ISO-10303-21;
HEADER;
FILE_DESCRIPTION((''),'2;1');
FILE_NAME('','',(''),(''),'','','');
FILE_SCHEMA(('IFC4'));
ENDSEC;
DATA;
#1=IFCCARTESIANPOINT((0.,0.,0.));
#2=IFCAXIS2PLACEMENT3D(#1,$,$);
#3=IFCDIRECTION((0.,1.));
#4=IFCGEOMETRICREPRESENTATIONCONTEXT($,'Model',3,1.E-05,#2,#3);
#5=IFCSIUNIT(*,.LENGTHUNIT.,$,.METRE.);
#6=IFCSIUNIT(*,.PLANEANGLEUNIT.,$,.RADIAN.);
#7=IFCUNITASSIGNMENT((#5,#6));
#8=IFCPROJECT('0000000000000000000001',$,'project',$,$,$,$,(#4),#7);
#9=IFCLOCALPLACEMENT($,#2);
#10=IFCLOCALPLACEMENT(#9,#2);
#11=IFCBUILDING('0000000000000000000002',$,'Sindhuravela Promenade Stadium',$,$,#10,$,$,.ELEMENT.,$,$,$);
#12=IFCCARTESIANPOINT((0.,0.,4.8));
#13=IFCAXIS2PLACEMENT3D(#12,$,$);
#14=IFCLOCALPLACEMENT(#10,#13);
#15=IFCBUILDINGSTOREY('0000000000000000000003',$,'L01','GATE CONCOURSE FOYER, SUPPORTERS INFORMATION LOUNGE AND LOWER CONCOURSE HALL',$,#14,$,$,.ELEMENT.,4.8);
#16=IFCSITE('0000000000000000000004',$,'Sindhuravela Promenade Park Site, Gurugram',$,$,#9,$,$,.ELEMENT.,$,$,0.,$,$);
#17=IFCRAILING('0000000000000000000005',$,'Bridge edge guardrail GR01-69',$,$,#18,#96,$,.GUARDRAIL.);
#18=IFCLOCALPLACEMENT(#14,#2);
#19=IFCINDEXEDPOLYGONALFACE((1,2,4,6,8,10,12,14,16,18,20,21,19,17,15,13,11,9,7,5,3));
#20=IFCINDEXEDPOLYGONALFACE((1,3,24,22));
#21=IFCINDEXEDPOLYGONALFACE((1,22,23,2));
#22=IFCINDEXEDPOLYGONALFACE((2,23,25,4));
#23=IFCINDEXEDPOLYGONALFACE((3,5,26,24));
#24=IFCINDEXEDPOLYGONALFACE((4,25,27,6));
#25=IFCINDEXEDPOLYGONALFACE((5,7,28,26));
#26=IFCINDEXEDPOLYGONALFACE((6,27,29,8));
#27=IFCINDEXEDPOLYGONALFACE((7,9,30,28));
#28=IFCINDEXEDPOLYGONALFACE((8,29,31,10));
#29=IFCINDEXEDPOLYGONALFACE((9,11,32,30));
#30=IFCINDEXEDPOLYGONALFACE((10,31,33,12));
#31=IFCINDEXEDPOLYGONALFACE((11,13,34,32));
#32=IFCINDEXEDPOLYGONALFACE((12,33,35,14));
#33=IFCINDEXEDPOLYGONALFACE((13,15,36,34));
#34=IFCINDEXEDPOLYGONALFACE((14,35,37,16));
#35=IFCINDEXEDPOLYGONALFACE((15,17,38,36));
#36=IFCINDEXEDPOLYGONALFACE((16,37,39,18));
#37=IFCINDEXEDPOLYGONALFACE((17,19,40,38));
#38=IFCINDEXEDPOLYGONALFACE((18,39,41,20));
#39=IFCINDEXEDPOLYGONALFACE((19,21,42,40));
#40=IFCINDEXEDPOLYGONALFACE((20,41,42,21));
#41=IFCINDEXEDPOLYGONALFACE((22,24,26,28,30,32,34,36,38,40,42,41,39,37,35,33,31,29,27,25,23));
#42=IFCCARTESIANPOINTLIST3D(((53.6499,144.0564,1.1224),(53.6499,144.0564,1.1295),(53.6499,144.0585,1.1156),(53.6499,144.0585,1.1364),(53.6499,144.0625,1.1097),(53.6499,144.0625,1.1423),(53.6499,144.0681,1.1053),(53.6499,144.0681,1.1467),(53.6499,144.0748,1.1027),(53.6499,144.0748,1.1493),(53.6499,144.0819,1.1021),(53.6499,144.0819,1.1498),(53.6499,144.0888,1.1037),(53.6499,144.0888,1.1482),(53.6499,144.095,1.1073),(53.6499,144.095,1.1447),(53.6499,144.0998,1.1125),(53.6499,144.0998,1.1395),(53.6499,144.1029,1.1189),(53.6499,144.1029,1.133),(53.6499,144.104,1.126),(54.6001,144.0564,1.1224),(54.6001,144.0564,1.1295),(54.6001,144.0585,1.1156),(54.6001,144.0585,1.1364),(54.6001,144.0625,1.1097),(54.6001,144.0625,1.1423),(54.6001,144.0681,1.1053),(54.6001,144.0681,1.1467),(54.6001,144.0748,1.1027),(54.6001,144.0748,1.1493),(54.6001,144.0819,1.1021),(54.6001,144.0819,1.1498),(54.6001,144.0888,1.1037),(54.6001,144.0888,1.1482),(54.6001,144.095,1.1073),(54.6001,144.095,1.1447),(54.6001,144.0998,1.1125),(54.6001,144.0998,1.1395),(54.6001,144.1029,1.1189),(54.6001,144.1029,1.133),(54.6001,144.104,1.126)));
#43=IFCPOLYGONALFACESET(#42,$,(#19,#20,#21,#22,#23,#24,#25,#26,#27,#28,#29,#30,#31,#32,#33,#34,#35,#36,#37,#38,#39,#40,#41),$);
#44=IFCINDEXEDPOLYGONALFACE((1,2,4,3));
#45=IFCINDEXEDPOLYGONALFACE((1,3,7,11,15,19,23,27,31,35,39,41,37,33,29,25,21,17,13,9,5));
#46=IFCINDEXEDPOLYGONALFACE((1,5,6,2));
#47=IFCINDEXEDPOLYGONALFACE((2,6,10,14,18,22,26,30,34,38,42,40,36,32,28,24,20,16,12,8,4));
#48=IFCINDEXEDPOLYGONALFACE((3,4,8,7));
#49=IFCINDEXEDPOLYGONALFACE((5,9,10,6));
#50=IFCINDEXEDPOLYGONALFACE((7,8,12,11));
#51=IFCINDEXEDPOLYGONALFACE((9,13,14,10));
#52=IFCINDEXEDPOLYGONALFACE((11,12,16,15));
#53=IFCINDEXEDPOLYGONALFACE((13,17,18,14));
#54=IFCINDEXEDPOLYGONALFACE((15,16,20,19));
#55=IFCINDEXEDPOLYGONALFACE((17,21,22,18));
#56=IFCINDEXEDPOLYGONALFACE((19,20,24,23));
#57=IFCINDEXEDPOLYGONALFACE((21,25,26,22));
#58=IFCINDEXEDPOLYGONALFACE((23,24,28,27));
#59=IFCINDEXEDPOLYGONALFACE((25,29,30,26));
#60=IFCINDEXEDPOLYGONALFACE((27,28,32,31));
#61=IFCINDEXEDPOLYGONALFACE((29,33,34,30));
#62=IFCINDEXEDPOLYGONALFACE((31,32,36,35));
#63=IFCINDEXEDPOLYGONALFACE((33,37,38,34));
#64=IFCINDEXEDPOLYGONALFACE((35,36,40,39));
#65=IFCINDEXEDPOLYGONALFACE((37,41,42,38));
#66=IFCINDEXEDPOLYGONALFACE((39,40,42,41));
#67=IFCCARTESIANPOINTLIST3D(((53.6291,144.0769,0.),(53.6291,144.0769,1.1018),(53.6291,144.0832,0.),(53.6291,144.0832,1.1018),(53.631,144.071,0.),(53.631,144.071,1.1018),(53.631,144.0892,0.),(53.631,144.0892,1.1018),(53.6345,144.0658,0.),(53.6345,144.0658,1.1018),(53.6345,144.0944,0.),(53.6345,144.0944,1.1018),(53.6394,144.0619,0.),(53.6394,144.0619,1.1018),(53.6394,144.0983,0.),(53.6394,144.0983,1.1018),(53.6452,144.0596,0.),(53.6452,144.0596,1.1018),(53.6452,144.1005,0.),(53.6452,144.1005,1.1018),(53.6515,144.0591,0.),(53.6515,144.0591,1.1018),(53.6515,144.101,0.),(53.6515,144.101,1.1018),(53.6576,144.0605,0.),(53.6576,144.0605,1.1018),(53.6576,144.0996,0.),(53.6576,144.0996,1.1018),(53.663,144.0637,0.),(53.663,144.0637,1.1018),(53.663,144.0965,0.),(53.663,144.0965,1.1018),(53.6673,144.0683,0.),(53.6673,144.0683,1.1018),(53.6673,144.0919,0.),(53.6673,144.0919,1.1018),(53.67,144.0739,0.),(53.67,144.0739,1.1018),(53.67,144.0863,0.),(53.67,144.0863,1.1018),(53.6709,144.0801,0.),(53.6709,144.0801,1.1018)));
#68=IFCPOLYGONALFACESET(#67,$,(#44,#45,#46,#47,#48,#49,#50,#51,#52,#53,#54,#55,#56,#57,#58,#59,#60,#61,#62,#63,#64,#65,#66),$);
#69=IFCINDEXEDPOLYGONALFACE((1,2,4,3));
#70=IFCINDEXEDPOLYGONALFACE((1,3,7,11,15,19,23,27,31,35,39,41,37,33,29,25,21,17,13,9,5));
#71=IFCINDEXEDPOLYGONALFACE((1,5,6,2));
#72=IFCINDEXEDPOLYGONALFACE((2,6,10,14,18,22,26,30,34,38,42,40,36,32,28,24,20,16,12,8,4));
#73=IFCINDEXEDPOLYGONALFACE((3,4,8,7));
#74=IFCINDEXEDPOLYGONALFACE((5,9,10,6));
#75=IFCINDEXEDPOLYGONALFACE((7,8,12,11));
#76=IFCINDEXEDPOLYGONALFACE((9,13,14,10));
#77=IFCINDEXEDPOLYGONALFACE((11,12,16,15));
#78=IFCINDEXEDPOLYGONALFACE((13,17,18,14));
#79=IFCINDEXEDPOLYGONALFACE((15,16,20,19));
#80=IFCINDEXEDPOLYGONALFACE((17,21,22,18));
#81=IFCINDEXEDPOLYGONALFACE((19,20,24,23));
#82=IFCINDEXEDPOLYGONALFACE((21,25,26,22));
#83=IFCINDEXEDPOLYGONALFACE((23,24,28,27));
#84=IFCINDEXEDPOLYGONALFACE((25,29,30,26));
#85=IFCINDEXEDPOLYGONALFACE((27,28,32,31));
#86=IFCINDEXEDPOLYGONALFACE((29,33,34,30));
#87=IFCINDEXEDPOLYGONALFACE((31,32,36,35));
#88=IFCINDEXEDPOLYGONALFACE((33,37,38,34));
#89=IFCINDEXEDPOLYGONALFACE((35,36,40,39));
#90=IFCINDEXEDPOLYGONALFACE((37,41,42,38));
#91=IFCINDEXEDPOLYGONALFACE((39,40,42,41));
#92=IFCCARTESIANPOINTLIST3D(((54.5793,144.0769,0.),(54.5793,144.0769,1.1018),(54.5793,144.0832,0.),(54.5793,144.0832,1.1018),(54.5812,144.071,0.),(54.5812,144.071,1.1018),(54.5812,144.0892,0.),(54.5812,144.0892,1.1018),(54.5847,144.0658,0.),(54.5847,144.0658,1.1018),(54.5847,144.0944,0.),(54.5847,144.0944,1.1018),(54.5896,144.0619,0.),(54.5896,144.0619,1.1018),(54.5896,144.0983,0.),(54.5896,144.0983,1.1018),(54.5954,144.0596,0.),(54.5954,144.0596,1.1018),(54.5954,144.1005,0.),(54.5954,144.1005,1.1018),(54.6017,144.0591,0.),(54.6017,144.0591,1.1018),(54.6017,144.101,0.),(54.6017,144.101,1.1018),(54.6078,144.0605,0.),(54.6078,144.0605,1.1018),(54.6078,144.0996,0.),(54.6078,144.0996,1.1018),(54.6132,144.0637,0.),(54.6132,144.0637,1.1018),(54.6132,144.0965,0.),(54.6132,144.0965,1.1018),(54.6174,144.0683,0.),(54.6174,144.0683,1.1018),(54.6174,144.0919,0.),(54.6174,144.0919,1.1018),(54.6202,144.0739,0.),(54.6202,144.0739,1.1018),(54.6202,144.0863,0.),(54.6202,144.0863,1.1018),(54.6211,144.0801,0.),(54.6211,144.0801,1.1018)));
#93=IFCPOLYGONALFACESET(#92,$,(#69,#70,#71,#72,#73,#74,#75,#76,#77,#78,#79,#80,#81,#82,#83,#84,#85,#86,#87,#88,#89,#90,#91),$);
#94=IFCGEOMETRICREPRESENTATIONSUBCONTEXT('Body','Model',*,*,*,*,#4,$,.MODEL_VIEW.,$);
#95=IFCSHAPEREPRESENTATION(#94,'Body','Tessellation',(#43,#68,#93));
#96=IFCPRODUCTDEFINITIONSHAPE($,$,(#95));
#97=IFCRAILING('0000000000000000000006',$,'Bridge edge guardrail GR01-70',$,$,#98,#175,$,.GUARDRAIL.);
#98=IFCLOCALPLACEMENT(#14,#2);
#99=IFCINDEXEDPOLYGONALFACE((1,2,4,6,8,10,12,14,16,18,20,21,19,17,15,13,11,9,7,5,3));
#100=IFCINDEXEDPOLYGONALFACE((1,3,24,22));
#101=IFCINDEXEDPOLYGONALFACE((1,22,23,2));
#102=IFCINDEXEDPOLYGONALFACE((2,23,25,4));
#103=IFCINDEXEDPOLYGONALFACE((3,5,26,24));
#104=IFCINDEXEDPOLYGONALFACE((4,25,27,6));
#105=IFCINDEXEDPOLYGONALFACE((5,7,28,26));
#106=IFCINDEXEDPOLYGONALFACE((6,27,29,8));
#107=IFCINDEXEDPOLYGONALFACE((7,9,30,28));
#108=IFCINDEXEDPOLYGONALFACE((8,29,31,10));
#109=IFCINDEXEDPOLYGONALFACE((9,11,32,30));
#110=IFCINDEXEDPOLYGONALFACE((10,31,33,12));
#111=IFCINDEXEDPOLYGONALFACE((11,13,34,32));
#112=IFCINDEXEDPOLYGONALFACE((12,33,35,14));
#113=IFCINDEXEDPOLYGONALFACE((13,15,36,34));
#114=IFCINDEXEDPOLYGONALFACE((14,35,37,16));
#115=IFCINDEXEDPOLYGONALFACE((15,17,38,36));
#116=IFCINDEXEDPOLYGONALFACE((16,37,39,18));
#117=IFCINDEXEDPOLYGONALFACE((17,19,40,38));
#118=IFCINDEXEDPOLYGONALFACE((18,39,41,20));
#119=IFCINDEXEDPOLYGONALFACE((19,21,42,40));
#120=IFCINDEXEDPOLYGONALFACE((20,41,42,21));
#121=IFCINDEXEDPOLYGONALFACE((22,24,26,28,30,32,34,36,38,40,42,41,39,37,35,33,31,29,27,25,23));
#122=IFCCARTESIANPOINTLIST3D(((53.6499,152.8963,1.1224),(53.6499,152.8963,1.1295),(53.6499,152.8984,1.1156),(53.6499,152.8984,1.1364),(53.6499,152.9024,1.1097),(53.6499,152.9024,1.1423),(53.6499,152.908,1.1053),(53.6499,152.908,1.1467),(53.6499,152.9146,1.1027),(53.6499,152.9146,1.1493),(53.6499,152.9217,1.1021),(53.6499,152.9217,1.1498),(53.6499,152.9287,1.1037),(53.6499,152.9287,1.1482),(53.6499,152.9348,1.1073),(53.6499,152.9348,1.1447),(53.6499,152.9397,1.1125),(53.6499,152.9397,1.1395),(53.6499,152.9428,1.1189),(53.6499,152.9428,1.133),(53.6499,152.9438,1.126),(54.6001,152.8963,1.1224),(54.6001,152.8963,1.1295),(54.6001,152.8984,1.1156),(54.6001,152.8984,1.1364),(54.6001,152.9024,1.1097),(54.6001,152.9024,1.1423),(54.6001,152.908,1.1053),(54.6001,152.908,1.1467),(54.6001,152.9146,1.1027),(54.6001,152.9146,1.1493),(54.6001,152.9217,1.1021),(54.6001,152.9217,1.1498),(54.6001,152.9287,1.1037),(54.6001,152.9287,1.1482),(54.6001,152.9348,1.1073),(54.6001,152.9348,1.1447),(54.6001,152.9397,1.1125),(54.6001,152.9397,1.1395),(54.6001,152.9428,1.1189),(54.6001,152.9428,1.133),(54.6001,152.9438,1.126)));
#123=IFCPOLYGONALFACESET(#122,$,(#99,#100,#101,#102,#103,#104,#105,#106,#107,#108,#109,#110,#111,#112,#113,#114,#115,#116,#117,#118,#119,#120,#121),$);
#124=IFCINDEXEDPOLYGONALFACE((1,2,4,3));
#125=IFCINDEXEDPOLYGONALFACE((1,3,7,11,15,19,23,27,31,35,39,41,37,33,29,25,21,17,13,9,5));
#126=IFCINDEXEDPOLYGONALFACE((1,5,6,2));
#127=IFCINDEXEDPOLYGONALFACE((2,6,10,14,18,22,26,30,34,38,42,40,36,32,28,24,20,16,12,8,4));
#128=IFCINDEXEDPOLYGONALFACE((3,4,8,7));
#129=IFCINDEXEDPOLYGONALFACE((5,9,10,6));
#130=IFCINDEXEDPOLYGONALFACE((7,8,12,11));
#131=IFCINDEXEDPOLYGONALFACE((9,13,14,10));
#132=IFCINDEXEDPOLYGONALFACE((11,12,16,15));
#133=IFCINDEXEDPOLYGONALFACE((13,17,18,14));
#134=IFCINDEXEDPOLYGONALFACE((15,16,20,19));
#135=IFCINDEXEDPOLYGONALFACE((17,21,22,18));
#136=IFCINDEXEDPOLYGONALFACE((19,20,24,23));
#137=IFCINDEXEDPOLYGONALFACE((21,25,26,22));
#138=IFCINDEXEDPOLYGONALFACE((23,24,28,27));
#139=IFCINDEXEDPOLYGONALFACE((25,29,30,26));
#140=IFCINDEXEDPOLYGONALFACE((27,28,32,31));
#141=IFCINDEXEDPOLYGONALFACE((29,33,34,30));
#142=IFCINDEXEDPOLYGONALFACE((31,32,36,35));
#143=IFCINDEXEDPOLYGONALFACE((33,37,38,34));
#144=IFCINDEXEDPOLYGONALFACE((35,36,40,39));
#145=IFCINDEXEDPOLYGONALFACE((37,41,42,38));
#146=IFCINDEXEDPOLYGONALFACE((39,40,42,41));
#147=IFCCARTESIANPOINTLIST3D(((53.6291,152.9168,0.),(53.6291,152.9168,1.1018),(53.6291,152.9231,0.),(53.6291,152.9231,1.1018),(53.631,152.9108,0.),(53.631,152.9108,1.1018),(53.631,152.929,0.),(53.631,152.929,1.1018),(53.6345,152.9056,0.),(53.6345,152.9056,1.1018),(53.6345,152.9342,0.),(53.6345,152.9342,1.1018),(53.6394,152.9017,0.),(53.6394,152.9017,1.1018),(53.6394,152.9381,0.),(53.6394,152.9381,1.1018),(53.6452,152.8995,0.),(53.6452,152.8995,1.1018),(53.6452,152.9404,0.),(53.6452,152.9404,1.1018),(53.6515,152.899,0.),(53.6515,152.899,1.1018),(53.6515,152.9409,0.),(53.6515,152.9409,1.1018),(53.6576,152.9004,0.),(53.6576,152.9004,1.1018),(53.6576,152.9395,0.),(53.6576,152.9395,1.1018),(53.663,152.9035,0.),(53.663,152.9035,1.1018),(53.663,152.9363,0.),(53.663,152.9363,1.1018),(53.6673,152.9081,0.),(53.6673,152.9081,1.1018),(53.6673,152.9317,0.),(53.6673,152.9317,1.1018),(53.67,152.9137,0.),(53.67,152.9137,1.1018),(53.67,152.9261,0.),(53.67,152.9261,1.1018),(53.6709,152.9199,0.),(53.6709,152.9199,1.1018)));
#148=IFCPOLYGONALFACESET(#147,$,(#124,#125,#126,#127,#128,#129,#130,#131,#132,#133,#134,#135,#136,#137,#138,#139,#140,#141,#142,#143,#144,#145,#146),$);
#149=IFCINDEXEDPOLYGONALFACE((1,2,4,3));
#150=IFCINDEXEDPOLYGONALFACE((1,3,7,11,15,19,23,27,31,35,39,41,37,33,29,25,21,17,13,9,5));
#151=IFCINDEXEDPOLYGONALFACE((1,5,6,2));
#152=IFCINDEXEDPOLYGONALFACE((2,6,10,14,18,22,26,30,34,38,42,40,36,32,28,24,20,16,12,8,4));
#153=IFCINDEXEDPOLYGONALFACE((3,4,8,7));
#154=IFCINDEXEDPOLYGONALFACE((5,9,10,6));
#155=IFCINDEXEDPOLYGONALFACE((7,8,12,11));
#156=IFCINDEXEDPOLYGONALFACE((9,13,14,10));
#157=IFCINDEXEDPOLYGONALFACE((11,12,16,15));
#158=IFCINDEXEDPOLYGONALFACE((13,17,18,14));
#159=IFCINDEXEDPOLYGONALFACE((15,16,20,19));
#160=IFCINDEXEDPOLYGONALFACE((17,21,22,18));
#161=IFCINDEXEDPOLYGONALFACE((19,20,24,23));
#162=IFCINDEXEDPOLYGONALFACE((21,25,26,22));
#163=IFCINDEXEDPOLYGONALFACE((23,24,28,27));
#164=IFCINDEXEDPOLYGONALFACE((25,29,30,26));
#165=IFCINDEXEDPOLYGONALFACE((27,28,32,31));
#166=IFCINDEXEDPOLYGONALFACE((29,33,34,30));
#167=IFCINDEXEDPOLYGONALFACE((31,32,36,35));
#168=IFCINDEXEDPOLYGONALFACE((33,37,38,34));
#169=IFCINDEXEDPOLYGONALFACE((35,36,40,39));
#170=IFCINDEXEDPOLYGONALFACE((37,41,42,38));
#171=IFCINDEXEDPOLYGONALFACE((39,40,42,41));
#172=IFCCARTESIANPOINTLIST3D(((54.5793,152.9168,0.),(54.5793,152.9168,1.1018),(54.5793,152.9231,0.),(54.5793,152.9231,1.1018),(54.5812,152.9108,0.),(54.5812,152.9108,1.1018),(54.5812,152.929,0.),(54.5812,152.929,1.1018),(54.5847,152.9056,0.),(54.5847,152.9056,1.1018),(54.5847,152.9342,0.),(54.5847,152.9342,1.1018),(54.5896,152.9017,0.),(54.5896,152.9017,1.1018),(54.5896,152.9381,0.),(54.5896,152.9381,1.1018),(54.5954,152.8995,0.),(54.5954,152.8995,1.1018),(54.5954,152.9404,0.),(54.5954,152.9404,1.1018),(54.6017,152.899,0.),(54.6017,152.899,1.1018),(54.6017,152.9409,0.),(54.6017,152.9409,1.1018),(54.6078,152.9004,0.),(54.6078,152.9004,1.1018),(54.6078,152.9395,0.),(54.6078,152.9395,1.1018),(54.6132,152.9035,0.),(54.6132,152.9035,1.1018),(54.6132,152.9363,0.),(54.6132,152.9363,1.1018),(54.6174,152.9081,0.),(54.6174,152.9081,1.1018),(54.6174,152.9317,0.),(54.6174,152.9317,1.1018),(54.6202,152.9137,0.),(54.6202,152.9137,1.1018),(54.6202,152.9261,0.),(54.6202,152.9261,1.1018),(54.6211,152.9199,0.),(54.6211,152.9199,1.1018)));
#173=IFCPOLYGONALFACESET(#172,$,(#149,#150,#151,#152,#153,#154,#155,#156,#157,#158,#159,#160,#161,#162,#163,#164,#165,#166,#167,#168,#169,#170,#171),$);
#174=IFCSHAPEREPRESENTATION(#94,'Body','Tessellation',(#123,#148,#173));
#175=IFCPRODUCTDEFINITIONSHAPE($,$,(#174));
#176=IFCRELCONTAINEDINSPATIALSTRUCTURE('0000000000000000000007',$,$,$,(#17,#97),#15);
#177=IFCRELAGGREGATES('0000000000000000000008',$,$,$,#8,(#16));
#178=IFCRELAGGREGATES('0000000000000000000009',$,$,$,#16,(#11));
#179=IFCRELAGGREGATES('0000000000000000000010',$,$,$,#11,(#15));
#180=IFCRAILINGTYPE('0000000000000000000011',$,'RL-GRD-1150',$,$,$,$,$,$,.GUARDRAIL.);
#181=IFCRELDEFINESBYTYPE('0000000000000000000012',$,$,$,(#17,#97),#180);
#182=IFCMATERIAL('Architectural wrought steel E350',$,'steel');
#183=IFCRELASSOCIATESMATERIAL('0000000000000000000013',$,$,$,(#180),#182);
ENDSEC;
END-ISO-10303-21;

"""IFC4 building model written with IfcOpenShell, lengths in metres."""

from ifc_helpers import new_model, si_unit, direction, frame, origin, origin_2d, place, context, subcontext, project, spatial, circle, extrude, material, type_object, element, save


model = new_model("IFC4")

# Units and contexts
model_context = context("Model", 3, precision=1e-05, world=origin(), true_north=direction((0.0, 1.0)))
body_context = subcontext(model_context, "Body", "Model", "MODEL_VIEW")
ifc_project = project(units=[si_unit("LENGTHUNIT", "METRE"), si_unit("PLANEANGLEUNIT", "RADIAN")], contexts=[model_context])

# Site, building, storey
site_placement = place(None, origin())
site = spatial("IfcSite", under=ifc_project, at=site_placement, Name="Sindhuravela Promenade Park Site, Gurugram", CompositionType="ELEMENT", RefElevation=0.0)
building_placement = place(site_placement, origin())
building = spatial("IfcBuilding", under=site, at=building_placement, Name="Sindhuravela Promenade Stadium", CompositionType="ELEMENT")
storey_placement = place(building_placement, frame((0.0, 0.0, 4.8)))
storey = spatial("IfcBuildingStorey", under=building, at=storey_placement, Name="L01", Description="GATE CONCOURSE FOYER, SUPPORTERS INFORMATION LOUNGE AND LOWER CONCOURSE HALL", CompositionType="ELEMENT", Elevation=4.8)

# Railings
ifc_material_1 = material(Name="Architectural wrought steel E350", Category="steel")
railing_type = type_object("IfcRailingType", Name="RL-GRD-1150", PredefinedType="GUARDRAIL", material=ifc_material_1)
for number, where, name in (
    (1, (53.6499, 144.0801, 0.0), "Bridge edge guardrail GR01-69"),
    (2, (53.6499, 152.9199, 0.0), "Bridge edge guardrail GR01-70"),
):
    element("IfcRailing", number, at=place(storey_placement, frame(where)), inside=storey, type_object=railing_type, Name=name, PredefinedType="GUARDRAIL", context=body_context, shape_type="SweptSolid", body=[
        extrude(circle(Radius=0.0239, at=origin_2d()), frame((0.0, 0.0, 1.126), z_axis=(1.0, 0.0, 0.0), x_axis=(0.0, 1.0, 0.0)), (0.0, 0.0, 1.0), 0.9502),
        extrude(circle(Radius=0.021, at=origin_2d()), origin(), (0.0, 0.0, 1.0), 1.1018),
        extrude(circle(Radius=0.021, at=origin_2d()), frame((0.9502, 0.0, 0.0)), (0.0, 0.0, 1.0), 1.1018),
    ])

save(model, "model.ifc")
